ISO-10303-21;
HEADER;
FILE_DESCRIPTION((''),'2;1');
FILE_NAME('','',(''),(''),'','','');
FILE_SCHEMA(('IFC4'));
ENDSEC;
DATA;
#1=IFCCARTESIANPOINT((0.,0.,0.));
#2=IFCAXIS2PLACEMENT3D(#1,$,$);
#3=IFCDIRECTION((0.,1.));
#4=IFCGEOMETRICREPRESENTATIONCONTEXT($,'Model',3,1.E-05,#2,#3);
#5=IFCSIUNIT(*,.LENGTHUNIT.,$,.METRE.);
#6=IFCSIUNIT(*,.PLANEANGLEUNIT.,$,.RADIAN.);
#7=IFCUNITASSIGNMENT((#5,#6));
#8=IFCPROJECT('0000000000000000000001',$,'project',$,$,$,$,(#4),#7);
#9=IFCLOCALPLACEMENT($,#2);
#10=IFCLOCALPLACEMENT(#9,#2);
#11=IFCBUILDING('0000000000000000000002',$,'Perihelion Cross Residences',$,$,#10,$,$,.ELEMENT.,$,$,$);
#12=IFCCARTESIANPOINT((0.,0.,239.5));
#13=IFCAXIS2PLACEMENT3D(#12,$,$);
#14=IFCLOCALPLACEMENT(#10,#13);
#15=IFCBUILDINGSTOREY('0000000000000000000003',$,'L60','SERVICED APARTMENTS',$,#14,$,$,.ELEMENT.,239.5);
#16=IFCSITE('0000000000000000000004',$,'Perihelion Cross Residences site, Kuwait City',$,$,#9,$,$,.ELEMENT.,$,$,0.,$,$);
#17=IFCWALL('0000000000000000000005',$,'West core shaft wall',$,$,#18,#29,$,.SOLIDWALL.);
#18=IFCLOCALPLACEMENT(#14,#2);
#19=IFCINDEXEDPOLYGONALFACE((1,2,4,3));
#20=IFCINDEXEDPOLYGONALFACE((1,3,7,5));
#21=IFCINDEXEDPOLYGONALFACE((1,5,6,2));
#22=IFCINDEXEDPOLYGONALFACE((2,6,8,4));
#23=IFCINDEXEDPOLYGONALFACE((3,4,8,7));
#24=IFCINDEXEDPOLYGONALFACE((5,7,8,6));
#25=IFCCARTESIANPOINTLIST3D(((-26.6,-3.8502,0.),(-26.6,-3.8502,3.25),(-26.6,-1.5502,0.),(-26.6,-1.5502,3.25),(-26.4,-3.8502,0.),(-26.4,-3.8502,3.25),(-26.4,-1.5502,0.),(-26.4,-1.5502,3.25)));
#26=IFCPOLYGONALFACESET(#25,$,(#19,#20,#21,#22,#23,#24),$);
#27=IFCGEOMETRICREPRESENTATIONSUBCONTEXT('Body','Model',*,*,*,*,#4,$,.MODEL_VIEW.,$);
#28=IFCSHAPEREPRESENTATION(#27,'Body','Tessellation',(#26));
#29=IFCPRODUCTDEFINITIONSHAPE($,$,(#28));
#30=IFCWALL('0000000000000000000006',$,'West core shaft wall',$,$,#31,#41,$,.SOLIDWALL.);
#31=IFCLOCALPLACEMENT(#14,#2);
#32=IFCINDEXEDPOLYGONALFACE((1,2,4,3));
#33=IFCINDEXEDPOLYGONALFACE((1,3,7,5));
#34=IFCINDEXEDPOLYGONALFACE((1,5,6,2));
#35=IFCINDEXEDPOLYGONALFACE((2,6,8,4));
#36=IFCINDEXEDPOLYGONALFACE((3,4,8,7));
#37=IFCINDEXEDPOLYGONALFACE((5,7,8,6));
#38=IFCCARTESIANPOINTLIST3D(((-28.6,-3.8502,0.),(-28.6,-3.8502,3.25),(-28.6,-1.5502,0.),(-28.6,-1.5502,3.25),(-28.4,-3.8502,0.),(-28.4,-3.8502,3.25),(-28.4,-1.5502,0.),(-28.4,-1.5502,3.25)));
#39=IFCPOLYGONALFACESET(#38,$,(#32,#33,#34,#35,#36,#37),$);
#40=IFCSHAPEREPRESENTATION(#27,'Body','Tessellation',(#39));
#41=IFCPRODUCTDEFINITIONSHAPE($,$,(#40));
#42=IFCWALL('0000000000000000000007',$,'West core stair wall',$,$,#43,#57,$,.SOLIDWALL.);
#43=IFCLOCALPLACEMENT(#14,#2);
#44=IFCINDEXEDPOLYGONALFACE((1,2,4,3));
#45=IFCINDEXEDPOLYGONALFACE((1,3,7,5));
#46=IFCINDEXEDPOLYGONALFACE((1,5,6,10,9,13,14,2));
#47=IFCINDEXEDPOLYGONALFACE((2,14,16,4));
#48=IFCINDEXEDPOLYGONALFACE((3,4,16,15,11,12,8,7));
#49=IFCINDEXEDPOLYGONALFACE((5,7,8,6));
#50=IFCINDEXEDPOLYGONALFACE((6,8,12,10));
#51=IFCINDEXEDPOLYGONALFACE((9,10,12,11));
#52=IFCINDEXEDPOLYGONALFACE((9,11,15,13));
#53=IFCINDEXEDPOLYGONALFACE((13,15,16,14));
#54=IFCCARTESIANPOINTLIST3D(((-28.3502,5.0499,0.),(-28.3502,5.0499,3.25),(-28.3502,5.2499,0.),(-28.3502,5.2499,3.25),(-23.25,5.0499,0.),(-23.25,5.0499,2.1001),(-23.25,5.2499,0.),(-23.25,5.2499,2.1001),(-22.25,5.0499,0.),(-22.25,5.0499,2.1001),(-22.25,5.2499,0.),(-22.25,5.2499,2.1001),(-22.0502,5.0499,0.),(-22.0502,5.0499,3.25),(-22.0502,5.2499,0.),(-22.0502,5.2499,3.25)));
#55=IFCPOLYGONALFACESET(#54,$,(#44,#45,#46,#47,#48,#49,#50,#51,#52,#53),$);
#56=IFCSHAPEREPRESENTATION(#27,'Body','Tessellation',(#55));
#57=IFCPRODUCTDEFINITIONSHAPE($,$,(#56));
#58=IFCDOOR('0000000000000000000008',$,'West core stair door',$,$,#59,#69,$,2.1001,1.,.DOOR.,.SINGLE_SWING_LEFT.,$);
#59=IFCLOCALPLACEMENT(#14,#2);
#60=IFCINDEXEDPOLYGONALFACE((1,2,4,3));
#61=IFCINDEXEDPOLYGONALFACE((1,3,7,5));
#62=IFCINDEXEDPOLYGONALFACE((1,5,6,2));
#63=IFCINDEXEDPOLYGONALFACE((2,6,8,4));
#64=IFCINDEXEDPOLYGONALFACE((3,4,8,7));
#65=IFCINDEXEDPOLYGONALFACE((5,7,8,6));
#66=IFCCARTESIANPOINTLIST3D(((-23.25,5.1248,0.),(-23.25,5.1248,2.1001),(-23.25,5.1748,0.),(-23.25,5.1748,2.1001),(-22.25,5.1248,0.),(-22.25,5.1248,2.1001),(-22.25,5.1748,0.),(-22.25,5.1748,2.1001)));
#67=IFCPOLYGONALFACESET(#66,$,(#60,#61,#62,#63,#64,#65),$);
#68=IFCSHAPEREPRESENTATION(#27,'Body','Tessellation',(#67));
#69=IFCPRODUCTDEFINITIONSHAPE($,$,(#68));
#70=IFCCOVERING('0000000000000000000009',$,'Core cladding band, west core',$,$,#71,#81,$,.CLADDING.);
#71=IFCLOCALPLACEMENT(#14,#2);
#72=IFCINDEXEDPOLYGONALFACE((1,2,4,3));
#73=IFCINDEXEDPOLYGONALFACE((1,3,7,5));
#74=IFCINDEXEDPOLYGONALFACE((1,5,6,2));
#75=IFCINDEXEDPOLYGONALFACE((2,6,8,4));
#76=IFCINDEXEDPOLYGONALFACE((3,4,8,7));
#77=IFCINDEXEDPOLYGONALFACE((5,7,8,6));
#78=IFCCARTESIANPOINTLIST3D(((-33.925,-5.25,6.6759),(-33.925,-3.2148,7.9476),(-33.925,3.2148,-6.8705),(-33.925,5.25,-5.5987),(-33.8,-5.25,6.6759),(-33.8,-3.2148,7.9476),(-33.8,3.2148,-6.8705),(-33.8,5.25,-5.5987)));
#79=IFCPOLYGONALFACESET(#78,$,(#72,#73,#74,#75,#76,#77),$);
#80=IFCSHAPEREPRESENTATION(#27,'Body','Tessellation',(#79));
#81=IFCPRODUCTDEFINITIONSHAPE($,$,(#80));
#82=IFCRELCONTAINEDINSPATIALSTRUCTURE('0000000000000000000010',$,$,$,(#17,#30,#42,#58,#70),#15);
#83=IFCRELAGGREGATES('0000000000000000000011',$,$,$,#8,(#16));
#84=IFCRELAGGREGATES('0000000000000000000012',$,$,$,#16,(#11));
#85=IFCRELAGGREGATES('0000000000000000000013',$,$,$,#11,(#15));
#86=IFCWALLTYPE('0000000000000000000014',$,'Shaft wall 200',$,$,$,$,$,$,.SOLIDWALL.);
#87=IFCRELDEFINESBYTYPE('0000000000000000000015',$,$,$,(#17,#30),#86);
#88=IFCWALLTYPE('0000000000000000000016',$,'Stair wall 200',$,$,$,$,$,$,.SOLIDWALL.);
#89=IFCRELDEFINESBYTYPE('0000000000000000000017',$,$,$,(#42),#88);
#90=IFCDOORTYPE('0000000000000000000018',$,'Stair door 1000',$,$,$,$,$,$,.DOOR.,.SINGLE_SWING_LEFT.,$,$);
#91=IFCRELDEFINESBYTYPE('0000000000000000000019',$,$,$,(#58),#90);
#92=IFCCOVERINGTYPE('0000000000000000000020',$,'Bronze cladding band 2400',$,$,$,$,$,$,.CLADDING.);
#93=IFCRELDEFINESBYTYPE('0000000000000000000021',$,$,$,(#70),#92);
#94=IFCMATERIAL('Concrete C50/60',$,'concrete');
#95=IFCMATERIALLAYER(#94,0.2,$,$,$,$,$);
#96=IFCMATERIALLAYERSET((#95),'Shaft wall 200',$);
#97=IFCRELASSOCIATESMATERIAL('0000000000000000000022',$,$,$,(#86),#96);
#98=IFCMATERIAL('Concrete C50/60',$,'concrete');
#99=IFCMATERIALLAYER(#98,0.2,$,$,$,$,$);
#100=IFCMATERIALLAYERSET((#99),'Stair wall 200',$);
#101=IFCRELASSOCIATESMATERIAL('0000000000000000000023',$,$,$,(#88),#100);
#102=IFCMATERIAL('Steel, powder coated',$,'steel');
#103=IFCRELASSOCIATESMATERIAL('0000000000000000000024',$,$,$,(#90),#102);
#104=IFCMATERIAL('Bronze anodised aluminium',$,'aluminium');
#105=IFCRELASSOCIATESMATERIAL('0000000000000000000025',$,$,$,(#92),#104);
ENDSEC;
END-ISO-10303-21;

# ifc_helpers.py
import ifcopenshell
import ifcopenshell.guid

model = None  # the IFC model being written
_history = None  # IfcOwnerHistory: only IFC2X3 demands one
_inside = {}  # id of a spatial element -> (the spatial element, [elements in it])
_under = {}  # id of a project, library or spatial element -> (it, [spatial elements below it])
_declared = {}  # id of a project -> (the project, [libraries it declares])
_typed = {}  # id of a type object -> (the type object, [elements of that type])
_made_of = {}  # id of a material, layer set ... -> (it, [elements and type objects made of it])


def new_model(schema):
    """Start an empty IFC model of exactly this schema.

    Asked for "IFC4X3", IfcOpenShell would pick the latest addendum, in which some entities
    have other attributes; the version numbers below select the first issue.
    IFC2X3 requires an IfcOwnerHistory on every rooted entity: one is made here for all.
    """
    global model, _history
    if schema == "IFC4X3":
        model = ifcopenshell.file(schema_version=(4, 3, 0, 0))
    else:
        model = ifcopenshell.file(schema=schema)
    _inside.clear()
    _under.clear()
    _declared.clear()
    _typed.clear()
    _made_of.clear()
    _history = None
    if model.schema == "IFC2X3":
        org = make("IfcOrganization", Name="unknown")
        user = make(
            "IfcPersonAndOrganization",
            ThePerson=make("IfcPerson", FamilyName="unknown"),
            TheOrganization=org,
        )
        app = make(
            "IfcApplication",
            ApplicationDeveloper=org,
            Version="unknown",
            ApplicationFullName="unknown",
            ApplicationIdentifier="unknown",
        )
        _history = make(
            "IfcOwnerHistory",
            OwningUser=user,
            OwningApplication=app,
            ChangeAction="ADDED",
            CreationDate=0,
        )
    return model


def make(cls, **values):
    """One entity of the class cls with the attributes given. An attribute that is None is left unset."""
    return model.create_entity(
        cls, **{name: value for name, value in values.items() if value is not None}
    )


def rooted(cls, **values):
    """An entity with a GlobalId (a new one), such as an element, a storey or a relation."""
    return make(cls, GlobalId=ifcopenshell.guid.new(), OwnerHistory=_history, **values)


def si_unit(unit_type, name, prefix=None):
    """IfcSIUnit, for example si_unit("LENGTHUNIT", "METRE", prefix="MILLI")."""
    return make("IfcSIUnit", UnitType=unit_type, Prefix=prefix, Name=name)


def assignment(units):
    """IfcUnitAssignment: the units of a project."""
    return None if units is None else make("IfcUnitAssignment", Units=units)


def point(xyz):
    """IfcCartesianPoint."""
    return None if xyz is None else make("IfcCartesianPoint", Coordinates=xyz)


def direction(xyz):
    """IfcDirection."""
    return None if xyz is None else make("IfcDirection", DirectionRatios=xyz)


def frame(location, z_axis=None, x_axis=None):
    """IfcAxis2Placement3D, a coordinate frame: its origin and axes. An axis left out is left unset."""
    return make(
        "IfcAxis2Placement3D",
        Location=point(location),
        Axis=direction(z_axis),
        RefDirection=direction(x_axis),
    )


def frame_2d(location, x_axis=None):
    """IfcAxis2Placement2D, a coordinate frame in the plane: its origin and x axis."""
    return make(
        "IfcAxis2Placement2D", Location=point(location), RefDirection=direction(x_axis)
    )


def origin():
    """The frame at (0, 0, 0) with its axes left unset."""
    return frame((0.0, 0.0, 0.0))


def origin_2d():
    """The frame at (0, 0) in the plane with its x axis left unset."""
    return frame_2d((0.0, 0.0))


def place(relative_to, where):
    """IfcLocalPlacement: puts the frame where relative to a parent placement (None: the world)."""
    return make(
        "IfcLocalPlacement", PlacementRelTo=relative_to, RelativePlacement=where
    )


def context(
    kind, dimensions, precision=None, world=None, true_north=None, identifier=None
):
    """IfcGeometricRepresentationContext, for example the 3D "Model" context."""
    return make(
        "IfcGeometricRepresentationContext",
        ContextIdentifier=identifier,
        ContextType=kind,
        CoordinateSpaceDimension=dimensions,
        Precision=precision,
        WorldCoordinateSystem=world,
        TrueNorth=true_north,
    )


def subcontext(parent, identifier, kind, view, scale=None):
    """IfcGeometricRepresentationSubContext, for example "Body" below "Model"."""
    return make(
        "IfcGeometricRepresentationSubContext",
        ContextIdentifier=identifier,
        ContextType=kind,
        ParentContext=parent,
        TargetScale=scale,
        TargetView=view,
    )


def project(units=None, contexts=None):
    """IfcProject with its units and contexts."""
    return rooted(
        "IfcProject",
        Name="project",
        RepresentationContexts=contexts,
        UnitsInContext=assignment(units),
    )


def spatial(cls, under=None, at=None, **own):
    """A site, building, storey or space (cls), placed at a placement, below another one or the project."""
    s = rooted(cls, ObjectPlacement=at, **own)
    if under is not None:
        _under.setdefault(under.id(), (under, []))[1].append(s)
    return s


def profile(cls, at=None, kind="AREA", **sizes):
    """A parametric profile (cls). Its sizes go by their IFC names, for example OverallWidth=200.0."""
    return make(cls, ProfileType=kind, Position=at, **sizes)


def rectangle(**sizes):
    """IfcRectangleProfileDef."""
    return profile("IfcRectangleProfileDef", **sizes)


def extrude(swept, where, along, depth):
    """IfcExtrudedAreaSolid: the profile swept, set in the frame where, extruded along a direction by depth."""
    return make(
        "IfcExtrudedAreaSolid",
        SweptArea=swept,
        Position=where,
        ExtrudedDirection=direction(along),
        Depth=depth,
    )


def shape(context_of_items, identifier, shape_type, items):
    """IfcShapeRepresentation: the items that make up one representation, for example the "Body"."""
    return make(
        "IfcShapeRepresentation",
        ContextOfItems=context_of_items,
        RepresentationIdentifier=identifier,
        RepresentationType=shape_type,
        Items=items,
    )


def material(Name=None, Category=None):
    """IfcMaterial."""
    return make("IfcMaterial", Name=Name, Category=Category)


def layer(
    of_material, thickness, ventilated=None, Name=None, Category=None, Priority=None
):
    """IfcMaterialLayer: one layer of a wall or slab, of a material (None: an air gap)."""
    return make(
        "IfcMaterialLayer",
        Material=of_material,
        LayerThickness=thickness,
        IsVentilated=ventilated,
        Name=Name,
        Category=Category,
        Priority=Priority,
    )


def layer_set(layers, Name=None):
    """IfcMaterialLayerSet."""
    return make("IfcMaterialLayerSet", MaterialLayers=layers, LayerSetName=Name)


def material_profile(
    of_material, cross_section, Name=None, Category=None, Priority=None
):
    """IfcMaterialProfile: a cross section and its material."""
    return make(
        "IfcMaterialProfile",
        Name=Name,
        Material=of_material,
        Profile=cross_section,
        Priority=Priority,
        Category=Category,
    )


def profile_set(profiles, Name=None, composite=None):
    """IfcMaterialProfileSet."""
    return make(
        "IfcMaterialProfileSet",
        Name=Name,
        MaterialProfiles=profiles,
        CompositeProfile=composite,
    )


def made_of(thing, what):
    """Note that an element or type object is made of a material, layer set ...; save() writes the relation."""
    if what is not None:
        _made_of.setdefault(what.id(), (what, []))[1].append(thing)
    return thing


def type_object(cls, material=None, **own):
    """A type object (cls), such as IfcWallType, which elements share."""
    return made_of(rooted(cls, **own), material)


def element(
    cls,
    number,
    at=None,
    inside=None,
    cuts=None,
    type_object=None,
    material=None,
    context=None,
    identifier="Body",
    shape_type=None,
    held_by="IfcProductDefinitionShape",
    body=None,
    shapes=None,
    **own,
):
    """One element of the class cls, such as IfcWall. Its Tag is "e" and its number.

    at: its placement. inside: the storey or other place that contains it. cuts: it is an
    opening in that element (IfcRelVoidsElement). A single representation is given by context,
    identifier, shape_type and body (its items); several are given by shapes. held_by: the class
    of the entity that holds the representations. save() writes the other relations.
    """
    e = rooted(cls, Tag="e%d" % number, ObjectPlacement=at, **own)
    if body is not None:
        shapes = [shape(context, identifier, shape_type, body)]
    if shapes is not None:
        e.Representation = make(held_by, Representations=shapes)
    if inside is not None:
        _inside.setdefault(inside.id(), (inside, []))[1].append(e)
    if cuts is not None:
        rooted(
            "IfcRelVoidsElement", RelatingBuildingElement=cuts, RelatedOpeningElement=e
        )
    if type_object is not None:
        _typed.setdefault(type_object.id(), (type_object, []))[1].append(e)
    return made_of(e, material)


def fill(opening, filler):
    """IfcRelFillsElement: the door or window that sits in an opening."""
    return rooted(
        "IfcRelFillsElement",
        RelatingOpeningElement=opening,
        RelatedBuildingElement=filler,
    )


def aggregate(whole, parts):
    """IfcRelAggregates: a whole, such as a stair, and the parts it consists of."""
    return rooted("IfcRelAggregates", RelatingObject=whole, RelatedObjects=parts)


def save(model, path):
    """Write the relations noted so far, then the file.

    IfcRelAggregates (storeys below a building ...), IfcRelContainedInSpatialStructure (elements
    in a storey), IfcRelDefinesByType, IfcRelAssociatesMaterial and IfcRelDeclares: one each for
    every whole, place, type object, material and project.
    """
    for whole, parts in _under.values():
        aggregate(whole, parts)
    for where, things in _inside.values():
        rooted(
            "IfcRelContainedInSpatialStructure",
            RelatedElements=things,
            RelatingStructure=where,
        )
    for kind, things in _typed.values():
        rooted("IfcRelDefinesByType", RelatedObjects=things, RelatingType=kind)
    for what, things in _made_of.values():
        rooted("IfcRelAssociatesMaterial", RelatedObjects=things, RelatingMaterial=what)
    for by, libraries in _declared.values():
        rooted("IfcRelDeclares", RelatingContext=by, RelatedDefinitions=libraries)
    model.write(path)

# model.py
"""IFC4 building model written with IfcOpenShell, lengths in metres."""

from ifc_helpers import new_model, si_unit, direction, frame, frame_2d, origin, origin_2d, place, context, subcontext, project, spatial, rectangle, extrude, material, layer, layer_set, material_profile, profile_set, type_object, element, fill, save


model = new_model("IFC4")

# Units and contexts
model_context = context("Model", 3, precision=1e-05, world=origin(), true_north=direction((0.0, 1.0)))
body_context = subcontext(model_context, "Body", "Model", "MODEL_VIEW")
ifc_project = project(units=[si_unit("LENGTHUNIT", "METRE"), si_unit("PLANEANGLEUNIT", "RADIAN")], contexts=[model_context])

# Site, building, storey
site_placement = place(None, origin())
site = spatial("IfcSite", under=ifc_project, at=site_placement, Name="Perihelion Cross Residences site, Kuwait City", CompositionType="ELEMENT", RefElevation=0.0)
building_placement = place(site_placement, origin())
building = spatial("IfcBuilding", under=site, at=building_placement, Name="Perihelion Cross Residences", CompositionType="ELEMENT")
storey_placement = place(building_placement, frame((0.0, 0.0, 239.5)))
storey = spatial("IfcBuildingStorey", under=building, at=storey_placement, Name="L60", Description="SERVICED APARTMENTS", CompositionType="ELEMENT", Elevation=239.5)

# Shared definitions
ifc_material_1 = material(Name="Concrete C50/60", Category="concrete")
ifc_layer_1 = layer(ifc_material_1, 0.2)
ifc_layer_set_1 = layer_set([ifc_layer_1], Name="Shaft wall 200")
wall_type_1 = type_object("IfcWallType", Name="Shaft wall 200", PredefinedType="SOLIDWALL", material=ifc_layer_set_1)

# Walls
for number, where, z_axis, x_axis, name in (
    (1, (-26.5, -3.8501, 0.0), (0.0, 0.0, 1.0), (0.0, 1.0, 0.0), "West core shaft wall"),
    (2, (-28.5, -3.8501, 0.0), (0.0, 0.0, 1.0), (0.0, 1.0, 0.0), "West core shaft wall"),
):
    element("IfcWall", number, at=place(storey_placement, frame(where, z_axis=z_axis, x_axis=x_axis)), inside=storey, type_object=wall_type_1, Name=name, PredefinedType="SOLIDWALL", context=body_context, shape_type="SweptSolid", body=[
        extrude(rectangle(XDim=2.3, YDim=0.2, at=frame_2d((1.1499, 0.0))), origin(), (0.0, 0.0, 1.0), 3.25),
    ])

# Wall, opening, door
ifc_material_2 = material(Name="Concrete C50/60", Category="concrete")
ifc_layer_2 = layer(ifc_material_2, 0.2)
ifc_layer_set_2 = layer_set([ifc_layer_2], Name="Stair wall 200")
wall_type_2 = type_object("IfcWallType", Name="Stair wall 200", PredefinedType="SOLIDWALL", material=ifc_layer_set_2)
wall_1_placement = place(storey_placement, frame((-28.3501, 5.1499, 0.0), z_axis=(0.0, 0.0, 1.0), x_axis=(1.0, 0.0, 0.0)))
wall_1 = element("IfcWall", 3, at=wall_1_placement, inside=storey, type_object=wall_type_2, Name="West core stair wall", PredefinedType="SOLIDWALL", context=body_context, shape_type="SweptSolid", body=[
    extrude(rectangle(XDim=6.3, YDim=0.2, at=frame_2d((3.1499, 0.0))), origin(), (0.0, 0.0, 1.0), 3.25),
])
opening_1_placement = place(wall_1_placement, frame((5.1001, 0.0, 0.0)))
opening_1 = element("IfcOpeningElement", 4, at=opening_1_placement, cuts=wall_1, PredefinedType="OPENING", context=body_context, shape_type="SweptSolid", body=[
    extrude(rectangle(XDim=1.0, YDim=2.1001, at=frame_2d((0.5, 1.05))), frame((0.0, 0.1099, 0.0), z_axis=(0.0, -1.0, 0.0), x_axis=(1.0, 0.0, 0.0)), (0.0, 0.0, 1.0), 0.22),
])
ifc_material_3 = material(Name="Steel, powder coated", Category="steel")
door_type_1 = type_object("IfcDoorType", Name="Stair door 1000", OperationType="SINGLE_SWING_LEFT", PredefinedType="DOOR", material=ifc_material_3)
door_1_placement = place(opening_1_placement, origin())
door_1 = element("IfcDoor", 5, at=door_1_placement, inside=storey, type_object=door_type_1, Name="West core stair door", OperationType="SINGLE_SWING_LEFT", OverallHeight=2.1001, OverallWidth=1.0, PredefinedType="DOOR", context=body_context, shape_type="SweptSolid", body=[
    extrude(rectangle(XDim=1.0, YDim=2.1001, at=frame_2d((0.5, 1.05))), frame((0.0, 0.0249, 0.0), z_axis=(0.0, -1.0, 0.0), x_axis=(1.0, 0.0, 0.0)), (0.0, 0.0, 1.0), 0.05),
])
fill(opening_1, door_1)

# Covering
ifc_material_4 = material(Name="Bronze anodised aluminium", Category="aluminium")
ifc_material_profile = material_profile(ifc_material_4, rectangle(XDim=0.125, YDim=2.3999, at=origin_2d()), Name="Bronze cladding band 2400")
ifc_profile_set = profile_set([ifc_material_profile], Name="Bronze anodised aluminium")
covering_type = type_object("IfcCoveringType", Name="Bronze cladding band 2400", PredefinedType="CLADDING", material=ifc_profile_set)
covering_placement = place(storey_placement, frame((-33.8625, 4.2324, -6.2346), z_axis=(0.0, -0.529925, 0.848045), x_axis=(1.0, 0.0, 0.0)))
element("IfcCovering", 6, at=covering_placement, inside=storey, type_object=covering_type, Name="Core cladding band, west core", PredefinedType="CLADDING", context=body_context, shape_type="SweptSolid", body=[
    extrude(rectangle(XDim=0.125, YDim=2.3999, at=origin_2d()), origin(), (0.0, 0.0, 1.0), 15.9736),
])

save(model, "model.ifc")
